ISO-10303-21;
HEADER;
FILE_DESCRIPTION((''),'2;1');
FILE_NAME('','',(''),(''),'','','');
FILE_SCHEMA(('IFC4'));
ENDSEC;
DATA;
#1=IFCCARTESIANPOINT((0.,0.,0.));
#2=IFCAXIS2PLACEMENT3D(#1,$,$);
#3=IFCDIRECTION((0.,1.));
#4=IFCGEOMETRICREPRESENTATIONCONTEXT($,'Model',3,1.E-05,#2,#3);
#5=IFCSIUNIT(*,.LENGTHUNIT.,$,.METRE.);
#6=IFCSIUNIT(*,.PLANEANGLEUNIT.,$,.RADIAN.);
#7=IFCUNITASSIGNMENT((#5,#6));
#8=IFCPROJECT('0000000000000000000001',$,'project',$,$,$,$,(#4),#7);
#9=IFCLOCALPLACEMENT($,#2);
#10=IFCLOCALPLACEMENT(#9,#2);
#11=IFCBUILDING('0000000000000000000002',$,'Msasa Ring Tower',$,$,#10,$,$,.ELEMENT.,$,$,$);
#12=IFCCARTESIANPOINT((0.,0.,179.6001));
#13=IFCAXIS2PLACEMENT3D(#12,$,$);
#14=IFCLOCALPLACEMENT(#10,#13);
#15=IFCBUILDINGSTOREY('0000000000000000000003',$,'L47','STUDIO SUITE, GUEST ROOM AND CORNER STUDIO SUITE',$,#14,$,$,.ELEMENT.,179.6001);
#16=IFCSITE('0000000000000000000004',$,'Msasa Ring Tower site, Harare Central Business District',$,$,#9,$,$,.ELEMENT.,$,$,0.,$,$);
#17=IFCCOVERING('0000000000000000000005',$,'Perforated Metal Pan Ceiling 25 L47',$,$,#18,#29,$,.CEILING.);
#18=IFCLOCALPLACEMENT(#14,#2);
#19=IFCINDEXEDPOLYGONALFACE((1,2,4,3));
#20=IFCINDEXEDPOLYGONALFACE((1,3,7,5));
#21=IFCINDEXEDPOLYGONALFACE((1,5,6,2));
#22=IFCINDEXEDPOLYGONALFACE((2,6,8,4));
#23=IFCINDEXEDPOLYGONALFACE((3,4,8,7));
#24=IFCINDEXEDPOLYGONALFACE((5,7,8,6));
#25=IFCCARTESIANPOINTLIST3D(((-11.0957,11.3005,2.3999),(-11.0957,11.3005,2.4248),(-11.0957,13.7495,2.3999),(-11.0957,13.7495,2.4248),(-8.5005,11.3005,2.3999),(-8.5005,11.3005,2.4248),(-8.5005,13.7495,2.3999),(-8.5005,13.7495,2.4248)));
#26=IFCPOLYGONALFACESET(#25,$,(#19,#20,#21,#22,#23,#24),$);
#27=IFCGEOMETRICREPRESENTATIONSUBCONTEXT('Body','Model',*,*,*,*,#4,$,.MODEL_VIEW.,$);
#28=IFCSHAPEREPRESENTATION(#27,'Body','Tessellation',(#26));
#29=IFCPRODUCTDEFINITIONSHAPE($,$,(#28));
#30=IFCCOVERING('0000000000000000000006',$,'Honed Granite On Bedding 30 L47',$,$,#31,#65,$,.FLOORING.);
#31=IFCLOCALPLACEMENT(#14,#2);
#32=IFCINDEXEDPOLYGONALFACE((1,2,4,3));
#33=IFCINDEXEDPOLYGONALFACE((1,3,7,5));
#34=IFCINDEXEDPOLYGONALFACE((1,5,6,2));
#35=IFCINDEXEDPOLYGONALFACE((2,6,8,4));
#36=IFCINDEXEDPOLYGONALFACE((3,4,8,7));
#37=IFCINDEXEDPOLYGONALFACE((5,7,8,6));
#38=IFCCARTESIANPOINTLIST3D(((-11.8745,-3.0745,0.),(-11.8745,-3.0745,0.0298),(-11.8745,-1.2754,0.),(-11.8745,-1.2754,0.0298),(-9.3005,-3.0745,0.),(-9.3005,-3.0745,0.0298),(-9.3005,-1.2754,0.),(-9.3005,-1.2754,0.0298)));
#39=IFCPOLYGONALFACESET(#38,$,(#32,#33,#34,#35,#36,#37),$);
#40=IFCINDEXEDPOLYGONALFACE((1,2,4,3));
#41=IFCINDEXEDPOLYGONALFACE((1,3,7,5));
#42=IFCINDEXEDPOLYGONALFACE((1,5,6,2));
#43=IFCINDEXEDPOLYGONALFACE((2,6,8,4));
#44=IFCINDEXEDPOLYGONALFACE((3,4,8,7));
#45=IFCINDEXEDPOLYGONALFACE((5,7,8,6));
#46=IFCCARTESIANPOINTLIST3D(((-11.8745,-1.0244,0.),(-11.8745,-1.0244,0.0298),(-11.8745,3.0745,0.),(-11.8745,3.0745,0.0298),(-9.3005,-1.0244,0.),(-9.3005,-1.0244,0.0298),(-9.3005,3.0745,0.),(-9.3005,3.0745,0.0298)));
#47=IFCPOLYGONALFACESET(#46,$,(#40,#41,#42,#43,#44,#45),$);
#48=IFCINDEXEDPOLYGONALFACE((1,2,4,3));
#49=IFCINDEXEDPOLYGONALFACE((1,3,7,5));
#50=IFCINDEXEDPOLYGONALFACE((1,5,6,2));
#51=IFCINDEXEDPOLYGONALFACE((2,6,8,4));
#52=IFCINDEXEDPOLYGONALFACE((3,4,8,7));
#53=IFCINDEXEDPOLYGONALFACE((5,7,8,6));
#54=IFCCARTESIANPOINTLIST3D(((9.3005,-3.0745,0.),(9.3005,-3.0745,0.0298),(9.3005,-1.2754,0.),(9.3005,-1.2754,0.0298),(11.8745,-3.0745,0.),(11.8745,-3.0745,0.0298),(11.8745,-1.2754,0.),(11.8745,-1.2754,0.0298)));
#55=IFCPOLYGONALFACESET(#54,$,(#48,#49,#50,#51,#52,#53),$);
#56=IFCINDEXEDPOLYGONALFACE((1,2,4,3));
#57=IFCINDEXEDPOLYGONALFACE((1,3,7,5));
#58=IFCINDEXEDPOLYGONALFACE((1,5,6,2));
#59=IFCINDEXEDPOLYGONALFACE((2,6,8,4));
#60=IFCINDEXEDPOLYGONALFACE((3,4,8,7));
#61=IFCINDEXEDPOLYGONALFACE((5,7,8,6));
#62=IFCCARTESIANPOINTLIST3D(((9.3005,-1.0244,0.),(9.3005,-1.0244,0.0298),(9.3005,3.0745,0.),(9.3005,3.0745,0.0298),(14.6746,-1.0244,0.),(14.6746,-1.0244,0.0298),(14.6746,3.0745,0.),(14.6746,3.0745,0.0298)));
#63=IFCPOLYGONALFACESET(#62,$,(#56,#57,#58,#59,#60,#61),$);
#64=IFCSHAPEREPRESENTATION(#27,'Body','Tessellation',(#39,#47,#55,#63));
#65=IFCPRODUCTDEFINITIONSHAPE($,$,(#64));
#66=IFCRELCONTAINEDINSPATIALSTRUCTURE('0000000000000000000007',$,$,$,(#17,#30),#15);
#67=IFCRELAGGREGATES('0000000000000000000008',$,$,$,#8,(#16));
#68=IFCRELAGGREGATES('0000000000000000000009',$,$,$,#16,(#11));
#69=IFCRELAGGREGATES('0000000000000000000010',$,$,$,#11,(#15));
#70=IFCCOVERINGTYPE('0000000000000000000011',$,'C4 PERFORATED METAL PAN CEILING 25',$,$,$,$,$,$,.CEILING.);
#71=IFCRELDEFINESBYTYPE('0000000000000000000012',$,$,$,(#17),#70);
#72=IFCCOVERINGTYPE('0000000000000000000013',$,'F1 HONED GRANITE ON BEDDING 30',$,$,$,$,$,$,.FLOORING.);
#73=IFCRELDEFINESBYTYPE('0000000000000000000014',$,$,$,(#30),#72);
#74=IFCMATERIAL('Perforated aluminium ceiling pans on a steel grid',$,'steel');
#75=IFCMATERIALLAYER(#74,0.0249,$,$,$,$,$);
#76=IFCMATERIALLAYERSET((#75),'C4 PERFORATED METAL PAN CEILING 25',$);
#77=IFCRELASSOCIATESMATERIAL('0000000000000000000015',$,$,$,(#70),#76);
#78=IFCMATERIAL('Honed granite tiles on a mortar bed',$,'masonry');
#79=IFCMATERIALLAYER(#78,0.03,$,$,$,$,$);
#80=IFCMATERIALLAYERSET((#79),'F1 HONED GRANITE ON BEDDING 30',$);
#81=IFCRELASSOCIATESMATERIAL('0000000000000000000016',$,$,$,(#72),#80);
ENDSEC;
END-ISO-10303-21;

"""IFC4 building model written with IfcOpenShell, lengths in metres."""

from ifc_helpers import new_model, si_unit, direction, frame, origin, place, context, subcontext, project, spatial, line, indexed_curve, outline, extrude, material, layer, layer_set, type_object, element, save


model = new_model("IFC4")

# Units and contexts
model_context = context("Model", 3, precision=1e-05, world=origin(), true_north=direction((0.0, 1.0)))
body_context = subcontext(model_context, "Body", "Model", "MODEL_VIEW")
ifc_project = project(units=[si_unit("LENGTHUNIT", "METRE"), si_unit("PLANEANGLEUNIT", "RADIAN")], contexts=[model_context])

# Site, building, storey
site_placement = place(None, origin())
site = spatial("IfcSite", under=ifc_project, at=site_placement, Name="Msasa Ring Tower site, Harare Central Business District", CompositionType="ELEMENT", RefElevation=0.0)
building_placement = place(site_placement, origin())
building = spatial("IfcBuilding", under=site, at=building_placement, Name="Msasa Ring Tower", CompositionType="ELEMENT")
storey_placement = place(building_placement, frame((0.0, 0.0, 179.6001)))
storey = spatial("IfcBuildingStorey", under=building, at=storey_placement, Name="L47", Description="STUDIO SUITE, GUEST ROOM AND CORNER STUDIO SUITE", CompositionType="ELEMENT", Elevation=179.6001)

# Coverings
ifc_material_1 = material(Name="Perforated aluminium ceiling pans on a steel grid", Category="steel")
ifc_layer_1 = layer(ifc_material_1, 0.0249)
ifc_layer_set_1 = layer_set([ifc_layer_1], Name="C4 PERFORATED METAL PAN CEILING 25")
covering_type_1 = type_object("IfcCoveringType", Name="C4 PERFORATED METAL PAN CEILING 25", PredefinedType="CEILING", material=ifc_layer_set_1)
covering_1_placement = place(storey_placement, frame((0.0, 0.0, 2.3999)))
element("IfcCovering", 1, at=covering_1_placement, inside=storey, type_object=covering_type_1, Name="Perforated Metal Pan Ceiling 25 L47", PredefinedType="CEILING", context=body_context, shape_type="SweptSolid", body=[
    extrude(outline(indexed_curve([(-8.5005, 13.7495), (-8.5005, 11.3005), (-11.0957, 11.3005), (-11.0957, 13.7495)], segments=[line(1, 2, 3, 4, 1)], self_intersect=False)), origin(), (0.0, 0.0, 1.0), 0.0249),
])
ifc_material_2 = material(Name="Honed granite tiles on a mortar bed", Category="masonry")
ifc_layer_2 = layer(ifc_material_2, 0.03)
ifc_layer_set_2 = layer_set([ifc_layer_2], Name="F1 HONED GRANITE ON BEDDING 30")
covering_type_2 = type_object("IfcCoveringType", Name="F1 HONED GRANITE ON BEDDING 30", PredefinedType="FLOORING", material=ifc_layer_set_2)
covering_2_placement = place(storey_placement, origin())
element("IfcCovering", 2, at=covering_2_placement, inside=storey, type_object=covering_type_2, Name="Honed Granite On Bedding 30 L47", PredefinedType="FLOORING", context=body_context, shape_type="SweptSolid", body=[
    extrude(outline(indexed_curve([(-11.8745, -3.0745), (-11.8745, -1.2754), (-9.3005, -1.2754), (-9.3005, -3.0745)], segments=[line(1, 2, 3, 4, 1)], self_intersect=False)), origin(), (0.0, 0.0, 1.0), 0.0298),
    extrude(outline(indexed_curve([(-11.8745, -1.0244), (-11.8745, 3.0745), (-9.3005, 3.0745), (-9.3005, -1.0244)], segments=[line(1, 2, 3, 4, 1)], self_intersect=False)), origin(), (0.0, 0.0, 1.0), 0.0298),
    extrude(outline(indexed_curve([(9.3005, -3.0745), (9.3005, -1.2754), (11.8745, -1.2754), (11.8745, -3.0745)], segments=[line(1, 2, 3, 4, 1)], self_intersect=False)), origin(), (0.0, 0.0, 1.0), 0.0298),
    extrude(outline(indexed_curve([(9.3005, -1.0244), (9.3005, 3.0745), (14.6746, 3.0745), (14.6746, -1.0244)], segments=[line(1, 2, 3, 4, 1)], self_intersect=False)), origin(), (0.0, 0.0, 1.0), 0.0298),
])

save(model, "model.ifc")
